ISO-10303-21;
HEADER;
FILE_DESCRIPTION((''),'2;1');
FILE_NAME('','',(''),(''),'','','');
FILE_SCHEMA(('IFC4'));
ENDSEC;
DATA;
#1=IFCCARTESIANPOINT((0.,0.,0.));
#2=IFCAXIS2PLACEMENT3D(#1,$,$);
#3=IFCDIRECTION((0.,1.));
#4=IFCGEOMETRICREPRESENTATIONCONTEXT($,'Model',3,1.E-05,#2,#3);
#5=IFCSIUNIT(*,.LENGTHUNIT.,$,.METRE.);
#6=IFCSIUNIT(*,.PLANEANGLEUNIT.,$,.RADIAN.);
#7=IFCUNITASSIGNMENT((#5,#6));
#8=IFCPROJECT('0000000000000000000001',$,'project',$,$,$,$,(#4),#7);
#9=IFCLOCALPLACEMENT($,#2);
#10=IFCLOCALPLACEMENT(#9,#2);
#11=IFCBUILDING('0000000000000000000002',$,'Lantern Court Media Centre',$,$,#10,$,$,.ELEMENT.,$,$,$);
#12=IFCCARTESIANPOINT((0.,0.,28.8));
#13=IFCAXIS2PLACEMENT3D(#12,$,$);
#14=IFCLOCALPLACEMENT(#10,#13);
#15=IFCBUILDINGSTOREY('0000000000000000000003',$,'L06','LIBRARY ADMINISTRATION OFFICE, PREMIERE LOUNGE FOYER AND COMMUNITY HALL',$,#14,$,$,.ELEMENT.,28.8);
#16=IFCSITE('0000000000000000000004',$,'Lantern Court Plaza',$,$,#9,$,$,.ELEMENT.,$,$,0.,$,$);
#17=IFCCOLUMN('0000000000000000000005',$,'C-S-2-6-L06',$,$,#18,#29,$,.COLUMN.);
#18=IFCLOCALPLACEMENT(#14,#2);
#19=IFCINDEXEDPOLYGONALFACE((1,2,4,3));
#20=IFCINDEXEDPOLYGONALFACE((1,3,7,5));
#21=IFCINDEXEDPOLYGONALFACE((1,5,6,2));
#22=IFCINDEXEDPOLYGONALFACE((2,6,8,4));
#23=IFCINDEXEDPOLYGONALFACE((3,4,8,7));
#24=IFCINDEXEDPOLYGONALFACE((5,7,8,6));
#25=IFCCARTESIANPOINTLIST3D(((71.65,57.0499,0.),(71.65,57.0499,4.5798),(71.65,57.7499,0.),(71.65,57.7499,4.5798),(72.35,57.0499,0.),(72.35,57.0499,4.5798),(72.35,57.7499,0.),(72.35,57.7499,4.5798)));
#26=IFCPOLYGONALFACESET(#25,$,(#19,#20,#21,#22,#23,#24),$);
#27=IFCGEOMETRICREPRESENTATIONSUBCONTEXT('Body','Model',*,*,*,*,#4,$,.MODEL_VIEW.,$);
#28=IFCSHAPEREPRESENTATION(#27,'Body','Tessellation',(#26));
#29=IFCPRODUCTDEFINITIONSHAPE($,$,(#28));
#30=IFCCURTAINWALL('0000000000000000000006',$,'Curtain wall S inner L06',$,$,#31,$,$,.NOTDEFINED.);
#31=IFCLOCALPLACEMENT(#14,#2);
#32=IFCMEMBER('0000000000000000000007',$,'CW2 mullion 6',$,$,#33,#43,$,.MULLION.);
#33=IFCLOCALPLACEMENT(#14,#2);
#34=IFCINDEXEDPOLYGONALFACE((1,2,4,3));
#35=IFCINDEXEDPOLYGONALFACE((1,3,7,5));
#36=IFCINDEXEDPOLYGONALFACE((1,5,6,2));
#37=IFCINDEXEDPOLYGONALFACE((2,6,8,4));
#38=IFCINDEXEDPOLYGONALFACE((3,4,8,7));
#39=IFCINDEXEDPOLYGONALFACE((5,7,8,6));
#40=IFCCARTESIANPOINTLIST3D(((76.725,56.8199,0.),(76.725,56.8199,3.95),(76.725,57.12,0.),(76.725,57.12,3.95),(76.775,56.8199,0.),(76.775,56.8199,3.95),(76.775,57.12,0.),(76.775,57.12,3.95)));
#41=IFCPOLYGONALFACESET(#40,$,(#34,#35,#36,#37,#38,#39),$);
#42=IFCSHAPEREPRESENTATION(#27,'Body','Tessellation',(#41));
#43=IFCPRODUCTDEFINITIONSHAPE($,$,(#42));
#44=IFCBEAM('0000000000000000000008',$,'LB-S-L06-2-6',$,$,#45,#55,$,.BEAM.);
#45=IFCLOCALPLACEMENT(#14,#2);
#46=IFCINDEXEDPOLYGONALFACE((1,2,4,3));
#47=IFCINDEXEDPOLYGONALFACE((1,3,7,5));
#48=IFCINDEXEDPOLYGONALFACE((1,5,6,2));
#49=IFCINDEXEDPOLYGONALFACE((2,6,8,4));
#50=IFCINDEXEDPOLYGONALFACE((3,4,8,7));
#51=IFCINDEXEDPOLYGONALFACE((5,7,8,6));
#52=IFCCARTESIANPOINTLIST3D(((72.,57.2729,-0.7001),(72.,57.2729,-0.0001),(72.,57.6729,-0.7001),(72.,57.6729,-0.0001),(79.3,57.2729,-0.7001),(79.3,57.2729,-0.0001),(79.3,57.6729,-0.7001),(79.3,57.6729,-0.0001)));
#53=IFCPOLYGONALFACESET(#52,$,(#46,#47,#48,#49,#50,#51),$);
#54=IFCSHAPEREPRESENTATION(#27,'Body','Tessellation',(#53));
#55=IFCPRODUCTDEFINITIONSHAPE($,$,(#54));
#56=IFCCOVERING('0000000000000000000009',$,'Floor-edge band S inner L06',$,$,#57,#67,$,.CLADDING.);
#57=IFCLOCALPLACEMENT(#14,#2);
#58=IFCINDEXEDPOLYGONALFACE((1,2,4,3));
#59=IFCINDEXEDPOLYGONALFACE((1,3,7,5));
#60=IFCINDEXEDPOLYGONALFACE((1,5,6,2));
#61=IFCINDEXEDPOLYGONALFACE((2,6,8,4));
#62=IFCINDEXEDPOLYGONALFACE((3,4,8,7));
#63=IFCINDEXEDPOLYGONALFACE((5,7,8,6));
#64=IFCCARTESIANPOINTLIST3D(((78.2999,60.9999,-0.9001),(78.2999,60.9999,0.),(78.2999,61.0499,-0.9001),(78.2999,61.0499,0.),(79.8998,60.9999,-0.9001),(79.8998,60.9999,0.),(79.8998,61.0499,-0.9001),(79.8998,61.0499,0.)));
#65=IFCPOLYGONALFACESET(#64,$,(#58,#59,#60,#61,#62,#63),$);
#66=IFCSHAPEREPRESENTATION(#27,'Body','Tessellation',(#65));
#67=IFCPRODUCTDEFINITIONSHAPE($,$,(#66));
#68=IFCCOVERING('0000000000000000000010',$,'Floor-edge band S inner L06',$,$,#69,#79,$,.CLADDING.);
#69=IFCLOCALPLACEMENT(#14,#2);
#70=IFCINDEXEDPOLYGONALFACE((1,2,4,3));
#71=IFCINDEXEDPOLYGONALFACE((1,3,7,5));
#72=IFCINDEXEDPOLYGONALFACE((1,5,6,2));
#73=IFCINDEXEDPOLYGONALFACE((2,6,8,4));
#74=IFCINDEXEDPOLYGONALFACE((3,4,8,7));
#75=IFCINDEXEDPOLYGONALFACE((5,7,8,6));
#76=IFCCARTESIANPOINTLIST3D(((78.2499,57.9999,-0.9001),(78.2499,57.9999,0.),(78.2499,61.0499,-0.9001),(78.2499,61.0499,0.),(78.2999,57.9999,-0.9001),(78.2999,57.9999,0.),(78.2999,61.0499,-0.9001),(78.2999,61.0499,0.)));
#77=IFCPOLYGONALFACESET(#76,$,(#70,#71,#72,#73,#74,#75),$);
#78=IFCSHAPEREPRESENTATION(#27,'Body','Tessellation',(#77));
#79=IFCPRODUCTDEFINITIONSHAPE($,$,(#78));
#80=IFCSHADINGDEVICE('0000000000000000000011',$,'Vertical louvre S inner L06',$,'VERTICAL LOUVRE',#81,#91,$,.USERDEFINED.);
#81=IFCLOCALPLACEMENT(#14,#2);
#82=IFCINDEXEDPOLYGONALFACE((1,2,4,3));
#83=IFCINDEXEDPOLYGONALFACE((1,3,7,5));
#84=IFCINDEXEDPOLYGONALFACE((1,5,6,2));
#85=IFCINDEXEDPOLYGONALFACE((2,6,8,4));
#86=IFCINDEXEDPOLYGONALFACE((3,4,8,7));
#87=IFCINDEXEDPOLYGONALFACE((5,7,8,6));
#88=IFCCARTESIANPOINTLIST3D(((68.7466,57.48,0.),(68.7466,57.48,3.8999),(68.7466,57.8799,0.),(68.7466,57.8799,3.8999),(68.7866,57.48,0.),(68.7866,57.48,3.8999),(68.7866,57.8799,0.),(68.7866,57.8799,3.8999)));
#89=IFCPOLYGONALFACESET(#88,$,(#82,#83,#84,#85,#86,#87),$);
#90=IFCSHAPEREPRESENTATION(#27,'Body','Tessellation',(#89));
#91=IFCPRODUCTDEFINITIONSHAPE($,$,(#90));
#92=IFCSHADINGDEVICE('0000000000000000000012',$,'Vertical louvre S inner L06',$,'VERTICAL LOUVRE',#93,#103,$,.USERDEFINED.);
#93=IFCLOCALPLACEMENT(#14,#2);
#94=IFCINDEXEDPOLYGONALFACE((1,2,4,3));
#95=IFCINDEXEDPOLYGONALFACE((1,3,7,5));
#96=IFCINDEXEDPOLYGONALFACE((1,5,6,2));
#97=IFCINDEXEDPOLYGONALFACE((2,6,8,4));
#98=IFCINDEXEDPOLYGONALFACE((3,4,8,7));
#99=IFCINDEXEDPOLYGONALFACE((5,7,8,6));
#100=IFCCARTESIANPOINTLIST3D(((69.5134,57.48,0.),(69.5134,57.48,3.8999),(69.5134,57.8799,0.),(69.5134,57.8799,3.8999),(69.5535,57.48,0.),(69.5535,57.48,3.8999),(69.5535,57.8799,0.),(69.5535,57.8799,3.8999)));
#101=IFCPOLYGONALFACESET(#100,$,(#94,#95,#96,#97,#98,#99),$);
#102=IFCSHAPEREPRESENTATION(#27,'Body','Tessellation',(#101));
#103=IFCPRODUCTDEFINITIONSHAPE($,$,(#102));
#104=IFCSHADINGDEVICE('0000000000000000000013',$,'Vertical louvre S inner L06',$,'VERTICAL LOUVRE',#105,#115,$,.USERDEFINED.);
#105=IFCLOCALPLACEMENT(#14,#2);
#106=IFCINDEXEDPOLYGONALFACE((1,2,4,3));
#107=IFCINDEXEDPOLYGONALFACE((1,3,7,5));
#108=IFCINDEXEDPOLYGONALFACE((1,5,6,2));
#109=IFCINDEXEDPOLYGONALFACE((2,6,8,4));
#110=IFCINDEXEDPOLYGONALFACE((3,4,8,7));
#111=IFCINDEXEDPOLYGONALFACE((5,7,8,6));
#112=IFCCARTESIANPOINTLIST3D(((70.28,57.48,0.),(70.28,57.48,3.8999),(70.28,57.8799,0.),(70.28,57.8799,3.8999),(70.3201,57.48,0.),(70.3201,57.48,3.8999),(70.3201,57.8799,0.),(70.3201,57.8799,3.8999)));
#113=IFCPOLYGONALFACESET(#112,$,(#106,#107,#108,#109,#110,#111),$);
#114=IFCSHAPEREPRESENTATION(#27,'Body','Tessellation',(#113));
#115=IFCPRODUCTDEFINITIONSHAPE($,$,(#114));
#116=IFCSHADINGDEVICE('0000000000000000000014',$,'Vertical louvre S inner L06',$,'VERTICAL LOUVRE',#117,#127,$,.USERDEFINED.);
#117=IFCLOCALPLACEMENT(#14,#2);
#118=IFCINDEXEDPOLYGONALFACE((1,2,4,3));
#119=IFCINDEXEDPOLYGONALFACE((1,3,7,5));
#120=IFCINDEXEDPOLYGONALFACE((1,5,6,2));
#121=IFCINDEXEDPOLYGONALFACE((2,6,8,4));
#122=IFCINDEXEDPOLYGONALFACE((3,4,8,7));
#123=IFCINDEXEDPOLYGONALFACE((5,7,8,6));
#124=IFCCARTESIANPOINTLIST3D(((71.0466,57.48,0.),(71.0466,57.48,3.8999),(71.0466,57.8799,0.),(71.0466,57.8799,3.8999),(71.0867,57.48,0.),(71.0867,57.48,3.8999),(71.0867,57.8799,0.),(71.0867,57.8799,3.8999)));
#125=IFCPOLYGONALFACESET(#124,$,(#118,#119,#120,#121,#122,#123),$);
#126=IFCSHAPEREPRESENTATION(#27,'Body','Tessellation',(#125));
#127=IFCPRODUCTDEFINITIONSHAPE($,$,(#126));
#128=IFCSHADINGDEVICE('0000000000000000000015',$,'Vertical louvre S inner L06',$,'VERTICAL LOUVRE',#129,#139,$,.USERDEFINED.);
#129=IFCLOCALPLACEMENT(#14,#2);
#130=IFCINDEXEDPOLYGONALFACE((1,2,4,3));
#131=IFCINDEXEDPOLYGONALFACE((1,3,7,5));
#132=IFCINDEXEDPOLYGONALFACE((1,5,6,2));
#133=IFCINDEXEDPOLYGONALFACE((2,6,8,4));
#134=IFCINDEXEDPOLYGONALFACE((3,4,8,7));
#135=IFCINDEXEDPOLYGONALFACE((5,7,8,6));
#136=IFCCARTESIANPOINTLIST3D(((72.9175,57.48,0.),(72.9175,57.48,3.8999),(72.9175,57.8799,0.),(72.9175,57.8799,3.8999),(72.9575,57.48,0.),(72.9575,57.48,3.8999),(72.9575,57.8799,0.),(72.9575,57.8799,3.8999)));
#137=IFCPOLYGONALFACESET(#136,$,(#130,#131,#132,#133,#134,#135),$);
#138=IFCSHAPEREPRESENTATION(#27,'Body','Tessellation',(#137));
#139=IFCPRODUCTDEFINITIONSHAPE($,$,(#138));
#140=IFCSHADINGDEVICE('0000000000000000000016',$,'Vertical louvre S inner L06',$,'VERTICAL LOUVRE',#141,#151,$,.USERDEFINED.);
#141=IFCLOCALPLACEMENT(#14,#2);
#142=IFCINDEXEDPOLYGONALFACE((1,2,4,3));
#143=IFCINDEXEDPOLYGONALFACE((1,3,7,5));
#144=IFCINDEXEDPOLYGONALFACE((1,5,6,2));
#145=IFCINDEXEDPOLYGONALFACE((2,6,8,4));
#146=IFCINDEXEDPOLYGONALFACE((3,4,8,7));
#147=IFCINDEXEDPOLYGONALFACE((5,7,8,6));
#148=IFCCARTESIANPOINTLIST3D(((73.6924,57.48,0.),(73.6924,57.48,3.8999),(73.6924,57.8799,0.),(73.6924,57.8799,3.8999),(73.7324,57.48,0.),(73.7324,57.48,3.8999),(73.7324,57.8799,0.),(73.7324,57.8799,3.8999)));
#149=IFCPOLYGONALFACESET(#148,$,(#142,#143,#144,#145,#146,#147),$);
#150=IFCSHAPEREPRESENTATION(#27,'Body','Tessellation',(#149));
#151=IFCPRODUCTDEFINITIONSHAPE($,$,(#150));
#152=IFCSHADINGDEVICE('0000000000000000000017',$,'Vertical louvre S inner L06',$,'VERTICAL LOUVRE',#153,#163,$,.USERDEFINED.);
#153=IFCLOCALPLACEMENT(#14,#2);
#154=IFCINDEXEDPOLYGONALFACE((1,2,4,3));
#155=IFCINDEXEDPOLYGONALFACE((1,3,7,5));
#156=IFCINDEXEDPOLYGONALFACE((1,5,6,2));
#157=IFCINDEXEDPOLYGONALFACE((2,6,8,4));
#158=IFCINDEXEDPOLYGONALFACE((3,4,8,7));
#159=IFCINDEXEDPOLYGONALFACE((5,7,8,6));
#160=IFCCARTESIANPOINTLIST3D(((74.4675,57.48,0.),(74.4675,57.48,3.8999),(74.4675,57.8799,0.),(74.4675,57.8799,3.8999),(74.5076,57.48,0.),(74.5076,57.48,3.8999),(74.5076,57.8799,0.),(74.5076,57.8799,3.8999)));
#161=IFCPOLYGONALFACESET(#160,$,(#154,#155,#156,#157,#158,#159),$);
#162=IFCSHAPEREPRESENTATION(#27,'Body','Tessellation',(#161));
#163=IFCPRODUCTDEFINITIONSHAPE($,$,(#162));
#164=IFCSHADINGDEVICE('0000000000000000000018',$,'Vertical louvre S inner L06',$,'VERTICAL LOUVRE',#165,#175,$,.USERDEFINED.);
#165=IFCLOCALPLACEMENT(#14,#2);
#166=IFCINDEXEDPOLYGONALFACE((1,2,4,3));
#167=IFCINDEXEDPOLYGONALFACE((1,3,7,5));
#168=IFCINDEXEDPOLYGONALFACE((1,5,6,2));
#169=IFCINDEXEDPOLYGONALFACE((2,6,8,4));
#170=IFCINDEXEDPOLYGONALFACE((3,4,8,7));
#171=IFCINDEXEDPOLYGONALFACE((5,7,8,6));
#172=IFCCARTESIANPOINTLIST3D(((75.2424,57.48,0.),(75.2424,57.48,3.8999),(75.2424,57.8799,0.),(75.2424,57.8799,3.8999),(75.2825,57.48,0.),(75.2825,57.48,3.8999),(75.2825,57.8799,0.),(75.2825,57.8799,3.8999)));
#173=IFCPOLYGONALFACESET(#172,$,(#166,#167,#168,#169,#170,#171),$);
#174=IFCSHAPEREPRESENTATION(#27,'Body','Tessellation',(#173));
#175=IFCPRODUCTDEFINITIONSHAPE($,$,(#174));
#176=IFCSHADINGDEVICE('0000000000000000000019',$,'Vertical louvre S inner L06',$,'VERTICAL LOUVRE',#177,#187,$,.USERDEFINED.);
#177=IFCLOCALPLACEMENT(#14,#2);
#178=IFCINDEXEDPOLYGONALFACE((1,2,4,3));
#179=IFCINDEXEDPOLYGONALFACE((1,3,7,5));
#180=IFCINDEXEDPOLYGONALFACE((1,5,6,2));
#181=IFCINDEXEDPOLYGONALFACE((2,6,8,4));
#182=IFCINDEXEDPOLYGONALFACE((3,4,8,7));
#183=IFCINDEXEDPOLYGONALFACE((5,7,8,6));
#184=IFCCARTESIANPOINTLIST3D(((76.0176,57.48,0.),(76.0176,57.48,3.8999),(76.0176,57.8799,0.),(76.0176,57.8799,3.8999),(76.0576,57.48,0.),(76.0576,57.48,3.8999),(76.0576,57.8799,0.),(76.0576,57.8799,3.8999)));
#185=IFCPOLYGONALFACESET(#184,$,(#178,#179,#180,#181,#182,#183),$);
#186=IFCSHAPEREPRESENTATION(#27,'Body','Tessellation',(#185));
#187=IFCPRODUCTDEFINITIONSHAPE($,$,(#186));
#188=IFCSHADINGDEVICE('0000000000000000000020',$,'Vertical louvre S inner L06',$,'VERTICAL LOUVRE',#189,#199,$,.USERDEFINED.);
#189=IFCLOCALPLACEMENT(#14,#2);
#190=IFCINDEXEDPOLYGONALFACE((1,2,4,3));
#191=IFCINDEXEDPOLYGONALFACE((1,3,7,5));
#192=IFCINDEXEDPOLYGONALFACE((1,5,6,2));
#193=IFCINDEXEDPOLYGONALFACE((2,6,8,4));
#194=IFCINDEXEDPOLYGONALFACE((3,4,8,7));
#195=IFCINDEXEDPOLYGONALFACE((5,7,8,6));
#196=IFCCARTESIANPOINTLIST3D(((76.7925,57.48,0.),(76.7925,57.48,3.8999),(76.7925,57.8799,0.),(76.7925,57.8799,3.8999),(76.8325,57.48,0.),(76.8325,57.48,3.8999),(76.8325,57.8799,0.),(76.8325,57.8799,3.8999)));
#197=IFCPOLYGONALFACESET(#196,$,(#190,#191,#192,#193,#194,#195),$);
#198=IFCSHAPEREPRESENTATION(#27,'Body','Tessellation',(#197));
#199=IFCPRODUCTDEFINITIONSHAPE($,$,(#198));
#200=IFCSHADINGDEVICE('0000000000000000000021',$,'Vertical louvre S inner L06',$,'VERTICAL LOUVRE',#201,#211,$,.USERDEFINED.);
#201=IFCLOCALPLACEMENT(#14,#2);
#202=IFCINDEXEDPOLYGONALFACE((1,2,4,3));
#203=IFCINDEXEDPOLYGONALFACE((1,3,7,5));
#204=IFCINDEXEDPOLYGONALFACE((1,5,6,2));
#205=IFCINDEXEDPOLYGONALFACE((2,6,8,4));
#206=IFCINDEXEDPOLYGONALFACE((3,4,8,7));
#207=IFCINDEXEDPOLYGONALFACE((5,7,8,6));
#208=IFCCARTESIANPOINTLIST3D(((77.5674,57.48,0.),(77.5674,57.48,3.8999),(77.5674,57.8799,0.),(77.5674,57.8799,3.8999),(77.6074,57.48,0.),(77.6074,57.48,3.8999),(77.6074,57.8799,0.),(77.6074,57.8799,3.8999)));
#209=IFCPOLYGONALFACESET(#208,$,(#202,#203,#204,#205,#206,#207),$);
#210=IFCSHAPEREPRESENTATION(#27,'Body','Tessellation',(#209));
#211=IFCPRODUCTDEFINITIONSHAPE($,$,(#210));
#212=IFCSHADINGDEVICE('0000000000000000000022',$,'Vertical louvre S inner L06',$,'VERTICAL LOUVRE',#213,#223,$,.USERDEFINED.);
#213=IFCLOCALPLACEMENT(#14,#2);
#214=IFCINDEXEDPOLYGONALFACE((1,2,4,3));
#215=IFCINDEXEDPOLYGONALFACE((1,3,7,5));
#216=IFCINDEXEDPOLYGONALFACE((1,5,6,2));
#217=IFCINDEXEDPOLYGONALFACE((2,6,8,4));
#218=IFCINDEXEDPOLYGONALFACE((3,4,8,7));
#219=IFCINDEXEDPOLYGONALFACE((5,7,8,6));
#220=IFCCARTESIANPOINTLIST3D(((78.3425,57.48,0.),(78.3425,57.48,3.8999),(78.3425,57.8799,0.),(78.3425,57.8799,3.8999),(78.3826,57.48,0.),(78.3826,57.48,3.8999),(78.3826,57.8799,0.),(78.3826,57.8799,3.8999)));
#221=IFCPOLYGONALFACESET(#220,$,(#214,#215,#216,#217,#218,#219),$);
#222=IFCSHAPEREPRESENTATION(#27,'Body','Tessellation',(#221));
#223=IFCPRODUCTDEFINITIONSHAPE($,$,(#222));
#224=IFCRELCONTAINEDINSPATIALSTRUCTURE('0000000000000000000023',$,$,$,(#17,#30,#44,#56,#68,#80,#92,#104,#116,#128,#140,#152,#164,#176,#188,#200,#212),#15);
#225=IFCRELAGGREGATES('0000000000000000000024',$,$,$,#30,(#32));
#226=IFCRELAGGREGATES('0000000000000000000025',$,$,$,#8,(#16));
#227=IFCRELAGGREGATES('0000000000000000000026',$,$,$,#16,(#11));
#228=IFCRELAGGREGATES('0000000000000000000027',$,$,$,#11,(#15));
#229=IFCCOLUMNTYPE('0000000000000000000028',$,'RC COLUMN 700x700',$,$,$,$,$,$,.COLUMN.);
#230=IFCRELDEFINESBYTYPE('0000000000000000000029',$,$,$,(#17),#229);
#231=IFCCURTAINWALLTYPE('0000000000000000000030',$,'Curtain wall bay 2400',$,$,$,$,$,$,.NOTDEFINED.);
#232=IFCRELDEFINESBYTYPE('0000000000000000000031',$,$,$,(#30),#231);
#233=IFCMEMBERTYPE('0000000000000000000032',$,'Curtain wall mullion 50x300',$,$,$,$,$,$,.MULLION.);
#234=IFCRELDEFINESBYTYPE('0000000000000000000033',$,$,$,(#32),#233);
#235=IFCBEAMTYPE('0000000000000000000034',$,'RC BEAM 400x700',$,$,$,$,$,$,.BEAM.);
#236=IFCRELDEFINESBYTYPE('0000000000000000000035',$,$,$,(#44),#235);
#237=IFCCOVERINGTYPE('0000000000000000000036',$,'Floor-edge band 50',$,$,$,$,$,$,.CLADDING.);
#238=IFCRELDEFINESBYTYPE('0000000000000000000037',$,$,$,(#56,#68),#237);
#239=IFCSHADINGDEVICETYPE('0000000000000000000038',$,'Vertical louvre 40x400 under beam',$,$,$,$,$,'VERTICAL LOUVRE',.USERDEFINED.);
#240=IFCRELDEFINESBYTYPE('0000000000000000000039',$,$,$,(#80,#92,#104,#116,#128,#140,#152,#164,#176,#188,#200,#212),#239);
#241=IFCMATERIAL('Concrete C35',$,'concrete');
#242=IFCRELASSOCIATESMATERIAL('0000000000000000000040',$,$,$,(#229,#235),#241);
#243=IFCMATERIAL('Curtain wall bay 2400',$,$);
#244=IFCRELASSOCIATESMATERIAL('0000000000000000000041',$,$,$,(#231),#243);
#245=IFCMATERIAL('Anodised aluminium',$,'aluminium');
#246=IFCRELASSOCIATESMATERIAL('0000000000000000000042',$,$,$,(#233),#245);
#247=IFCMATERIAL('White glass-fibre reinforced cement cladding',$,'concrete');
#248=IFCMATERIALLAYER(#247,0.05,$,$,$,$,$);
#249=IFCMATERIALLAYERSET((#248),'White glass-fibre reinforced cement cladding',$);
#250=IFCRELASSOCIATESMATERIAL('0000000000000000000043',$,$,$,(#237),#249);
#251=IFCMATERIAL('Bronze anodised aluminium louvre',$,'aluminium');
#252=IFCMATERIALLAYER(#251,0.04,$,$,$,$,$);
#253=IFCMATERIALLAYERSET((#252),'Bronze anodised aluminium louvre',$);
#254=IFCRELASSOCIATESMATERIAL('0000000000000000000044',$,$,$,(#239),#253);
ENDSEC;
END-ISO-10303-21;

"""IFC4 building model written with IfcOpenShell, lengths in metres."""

from ifc_helpers import new_model, si_unit, direction, frame, frame_2d, origin, origin_2d, place, context, subcontext, project, spatial, rectangle, extrude, material, layer, layer_set, material_profile, profile_set, type_object, element, aggregate, save


model = new_model("IFC4")

# Units and contexts
model_context = context("Model", 3, precision=1e-05, world=origin(), true_north=direction((0.0, 1.0)))
body_context = subcontext(model_context, "Body", "Model", "MODEL_VIEW")
ifc_project = project(units=[si_unit("LENGTHUNIT", "METRE"), si_unit("PLANEANGLEUNIT", "RADIAN")], contexts=[model_context])

# Site, building, storey
site_placement = place(None, origin())
site = spatial("IfcSite", under=ifc_project, at=site_placement, Name="Lantern Court Plaza", CompositionType="ELEMENT", RefElevation=0.0)
building_placement = place(site_placement, origin())
building = spatial("IfcBuilding", under=site, at=building_placement, Name="Lantern Court Media Centre", CompositionType="ELEMENT")
storey_placement = place(building_placement, frame((0.0, 0.0, 28.8)))
storey = spatial("IfcBuildingStorey", under=building, at=storey_placement, Name="L06", Description="LIBRARY ADMINISTRATION OFFICE, PREMIERE LOUNGE FOYER AND COMMUNITY HALL", CompositionType="ELEMENT", Elevation=28.8)

# Column
ifc_material_1 = material(Name="Concrete C35", Category="concrete")
ifc_material_profile_1 = material_profile(ifc_material_1, rectangle(XDim=0.7, YDim=0.7, at=origin_2d()), Name="RC 700x700")
ifc_profile_set_1 = profile_set([ifc_material_profile_1], Name="Concrete C35")
column_type = type_object("IfcColumnType", Name="RC COLUMN 700x700", PredefinedType="COLUMN", material=ifc_profile_set_1)
column_placement = place(storey_placement, frame((72.0, 57.3999, 0.0), z_axis=(0.0, 0.0, 1.0), x_axis=(1.0, 0.0, 0.0)))
element("IfcColumn", 1, at=column_placement, inside=storey, type_object=column_type, Name="C-S-2-6-L06", PredefinedType="COLUMN", context=body_context, shape_type="SweptSolid", body=[
    extrude(rectangle(XDim=0.7, YDim=0.7, at=origin_2d()), origin(), (0.0, 0.0, 1.0), 4.5798),
])

# Curtain wall, member
ifc_material_2 = material(Name="Curtain wall bay 2400")
curtain_wall_type = type_object("IfcCurtainWallType", Name="Curtain wall bay 2400", PredefinedType="NOTDEFINED", material=ifc_material_2)
curtain_wall_placement = place(storey_placement, origin())
curtain_wall = element("IfcCurtainWall", 2, at=curtain_wall_placement, inside=storey, type_object=curtain_wall_type, Name="Curtain wall S inner L06", PredefinedType="NOTDEFINED")
ifc_material_3 = material(Name="Anodised aluminium", Category="aluminium")
ifc_material_profile_2 = material_profile(ifc_material_3, rectangle(XDim=0.3, YDim=0.05, at=origin_2d()), Name="AL 50x300")
ifc_profile_set_2 = profile_set([ifc_material_profile_2], Name="Anodised aluminium")
member_type = type_object("IfcMemberType", Name="Curtain wall mullion 50x300", PredefinedType="MULLION", material=ifc_profile_set_2)
member_placement = place(storey_placement, frame((76.75, 56.97, 0.0), z_axis=(0.0, 0.0, 1.0), x_axis=(0.0, 1.0, 0.0)))
member = element("IfcMember", 3, at=member_placement, type_object=member_type, Name="CW2 mullion 6", PredefinedType="MULLION", context=body_context, shape_type="SweptSolid", body=[
    extrude(rectangle(XDim=0.3, YDim=0.05, at=origin_2d()), origin(), (0.0, 0.0, 1.0), 3.95),
])
aggregate(curtain_wall, [member])

# Beam
ifc_material_profile_3 = material_profile(ifc_material_1, rectangle(XDim=0.3999, YDim=0.7, at=origin_2d()), Name="RC 400x700")
ifc_profile_set_3 = profile_set([ifc_material_profile_3], Name="Concrete C35")
beam_type = type_object("IfcBeamType", Name="RC BEAM 400x700", PredefinedType="BEAM", material=ifc_profile_set_3)
beam_placement = place(storey_placement, frame((72.0, 57.4729, -0.3501), z_axis=(1.0, 0.0, 0.0), x_axis=(0.0, 1.0, 0.0)))
element("IfcBeam", 4, at=beam_placement, inside=storey, type_object=beam_type, Name="LB-S-L06-2-6", PredefinedType="BEAM", context=body_context, shape_type="SweptSolid", body=[
    extrude(rectangle(XDim=0.3999, YDim=0.7, at=origin_2d()), origin(), (0.0, 0.0, 1.0), 7.3),
])

# Coverings
ifc_material_4 = material(Name="White glass-fibre reinforced cement cladding", Category="concrete")
ifc_layer_1 = layer(ifc_material_4, 0.05)
ifc_layer_set_1 = layer_set([ifc_layer_1], Name="White glass-fibre reinforced cement cladding")
covering_type = type_object("IfcCoveringType", Name="Floor-edge band 50", PredefinedType="CLADDING", material=ifc_layer_set_1)
covering_1_placement = place(storey_placement, frame((78.3, 61.0249, -0.9001), z_axis=(0.0, 0.0, 1.0), x_axis=(1.0, 0.0, 0.0)))
element("IfcCovering", 5, at=covering_1_placement, inside=storey, type_object=covering_type, Name="Floor-edge band S inner L06", PredefinedType="CLADDING", context=body_context, shape_type="SweptSolid", body=[
    extrude(rectangle(XDim=1.5999, YDim=0.05, at=frame_2d((0.7998, 0.0))), origin(), (0.0, 0.0, 1.0), 0.9001),
])
covering_2_placement = place(storey_placement, frame((78.2749, 58.0, -0.9001), z_axis=(0.0, 0.0, 1.0), x_axis=(0.0, 1.0, 0.0)))
element("IfcCovering", 6, at=covering_2_placement, inside=storey, type_object=covering_type, Name="Floor-edge band S inner L06", PredefinedType="CLADDING", context=body_context, shape_type="SweptSolid", body=[
    extrude(rectangle(XDim=3.05, YDim=0.05, at=frame_2d((1.5249, 0.0))), origin(), (0.0, 0.0, 1.0), 0.9001),
])

# Shading devices
ifc_material_5 = material(Name="Bronze anodised aluminium louvre", Category="aluminium")
ifc_layer_2 = layer(ifc_material_5, 0.04)
ifc_layer_set_2 = layer_set([ifc_layer_2], Name="Bronze anodised aluminium louvre")
shading_device_type = type_object("IfcShadingDeviceType", Name="Vertical louvre 40x400 under beam", ElementType="VERTICAL LOUVRE", PredefinedType="USERDEFINED", material=ifc_layer_set_2)
for number, where, z_axis, x_axis, name in (
    (7, (68.7666, 57.6799, 0.0), (0.0, 0.0, 1.0), (1.0, 0.0, 0.0), "Vertical louvre S inner L06"),
    (8, (69.5334, 57.6799, 0.0), (0.0, 0.0, 1.0), (1.0, 0.0, 0.0), "Vertical louvre S inner L06"),
    (9, (70.3, 57.6799, 0.0), (0.0, 0.0, 1.0), (1.0, 0.0, 0.0), "Vertical louvre S inner L06"),
    (10, (71.0667, 57.6799, 0.0), (0.0, 0.0, 1.0), (1.0, 0.0, 0.0), "Vertical louvre S inner L06"),
    (11, (72.9375, 57.6799, 0.0), (0.0, 0.0, 1.0), (1.0, 0.0, 0.0), "Vertical louvre S inner L06"),
    (12, (73.7124, 57.6799, 0.0), (0.0, 0.0, 1.0), (1.0, 0.0, 0.0), "Vertical louvre S inner L06"),
    (13, (74.4875, 57.6799, 0.0), (0.0, 0.0, 1.0), (1.0, 0.0, 0.0), "Vertical louvre S inner L06"),
    (14, (75.2625, 57.6799, 0.0), (0.0, 0.0, 1.0), (1.0, 0.0, 0.0), "Vertical louvre S inner L06"),
    (15, (76.0376, 57.6799, 0.0), (0.0, 0.0, 1.0), (1.0, 0.0, 0.0), "Vertical louvre S inner L06"),
    (16, (76.8125, 57.6799, 0.0), (0.0, 0.0, 1.0), (1.0, 0.0, 0.0), "Vertical louvre S inner L06"),
    (17, (77.5874, 57.6799, 0.0), (0.0, 0.0, 1.0), (1.0, 0.0, 0.0), "Vertical louvre S inner L06"),
    (18, (78.3625, 57.6799, 0.0), (0.0, 0.0, 1.0), (1.0, 0.0, 0.0), "Vertical louvre S inner L06"),
):
    element("IfcShadingDevice", number, at=place(storey_placement, frame(where, z_axis=z_axis, x_axis=x_axis)), inside=storey, type_object=shading_device_type, Name=name, ObjectType="VERTICAL LOUVRE", PredefinedType="USERDEFINED", context=body_context, shape_type="SweptSolid", body=[
        extrude(rectangle(XDim=0.04, YDim=0.3999, at=origin_2d()), origin(), (0.0, 0.0, 1.0), 3.8999),
    ])

save(model, "model.ifc")
